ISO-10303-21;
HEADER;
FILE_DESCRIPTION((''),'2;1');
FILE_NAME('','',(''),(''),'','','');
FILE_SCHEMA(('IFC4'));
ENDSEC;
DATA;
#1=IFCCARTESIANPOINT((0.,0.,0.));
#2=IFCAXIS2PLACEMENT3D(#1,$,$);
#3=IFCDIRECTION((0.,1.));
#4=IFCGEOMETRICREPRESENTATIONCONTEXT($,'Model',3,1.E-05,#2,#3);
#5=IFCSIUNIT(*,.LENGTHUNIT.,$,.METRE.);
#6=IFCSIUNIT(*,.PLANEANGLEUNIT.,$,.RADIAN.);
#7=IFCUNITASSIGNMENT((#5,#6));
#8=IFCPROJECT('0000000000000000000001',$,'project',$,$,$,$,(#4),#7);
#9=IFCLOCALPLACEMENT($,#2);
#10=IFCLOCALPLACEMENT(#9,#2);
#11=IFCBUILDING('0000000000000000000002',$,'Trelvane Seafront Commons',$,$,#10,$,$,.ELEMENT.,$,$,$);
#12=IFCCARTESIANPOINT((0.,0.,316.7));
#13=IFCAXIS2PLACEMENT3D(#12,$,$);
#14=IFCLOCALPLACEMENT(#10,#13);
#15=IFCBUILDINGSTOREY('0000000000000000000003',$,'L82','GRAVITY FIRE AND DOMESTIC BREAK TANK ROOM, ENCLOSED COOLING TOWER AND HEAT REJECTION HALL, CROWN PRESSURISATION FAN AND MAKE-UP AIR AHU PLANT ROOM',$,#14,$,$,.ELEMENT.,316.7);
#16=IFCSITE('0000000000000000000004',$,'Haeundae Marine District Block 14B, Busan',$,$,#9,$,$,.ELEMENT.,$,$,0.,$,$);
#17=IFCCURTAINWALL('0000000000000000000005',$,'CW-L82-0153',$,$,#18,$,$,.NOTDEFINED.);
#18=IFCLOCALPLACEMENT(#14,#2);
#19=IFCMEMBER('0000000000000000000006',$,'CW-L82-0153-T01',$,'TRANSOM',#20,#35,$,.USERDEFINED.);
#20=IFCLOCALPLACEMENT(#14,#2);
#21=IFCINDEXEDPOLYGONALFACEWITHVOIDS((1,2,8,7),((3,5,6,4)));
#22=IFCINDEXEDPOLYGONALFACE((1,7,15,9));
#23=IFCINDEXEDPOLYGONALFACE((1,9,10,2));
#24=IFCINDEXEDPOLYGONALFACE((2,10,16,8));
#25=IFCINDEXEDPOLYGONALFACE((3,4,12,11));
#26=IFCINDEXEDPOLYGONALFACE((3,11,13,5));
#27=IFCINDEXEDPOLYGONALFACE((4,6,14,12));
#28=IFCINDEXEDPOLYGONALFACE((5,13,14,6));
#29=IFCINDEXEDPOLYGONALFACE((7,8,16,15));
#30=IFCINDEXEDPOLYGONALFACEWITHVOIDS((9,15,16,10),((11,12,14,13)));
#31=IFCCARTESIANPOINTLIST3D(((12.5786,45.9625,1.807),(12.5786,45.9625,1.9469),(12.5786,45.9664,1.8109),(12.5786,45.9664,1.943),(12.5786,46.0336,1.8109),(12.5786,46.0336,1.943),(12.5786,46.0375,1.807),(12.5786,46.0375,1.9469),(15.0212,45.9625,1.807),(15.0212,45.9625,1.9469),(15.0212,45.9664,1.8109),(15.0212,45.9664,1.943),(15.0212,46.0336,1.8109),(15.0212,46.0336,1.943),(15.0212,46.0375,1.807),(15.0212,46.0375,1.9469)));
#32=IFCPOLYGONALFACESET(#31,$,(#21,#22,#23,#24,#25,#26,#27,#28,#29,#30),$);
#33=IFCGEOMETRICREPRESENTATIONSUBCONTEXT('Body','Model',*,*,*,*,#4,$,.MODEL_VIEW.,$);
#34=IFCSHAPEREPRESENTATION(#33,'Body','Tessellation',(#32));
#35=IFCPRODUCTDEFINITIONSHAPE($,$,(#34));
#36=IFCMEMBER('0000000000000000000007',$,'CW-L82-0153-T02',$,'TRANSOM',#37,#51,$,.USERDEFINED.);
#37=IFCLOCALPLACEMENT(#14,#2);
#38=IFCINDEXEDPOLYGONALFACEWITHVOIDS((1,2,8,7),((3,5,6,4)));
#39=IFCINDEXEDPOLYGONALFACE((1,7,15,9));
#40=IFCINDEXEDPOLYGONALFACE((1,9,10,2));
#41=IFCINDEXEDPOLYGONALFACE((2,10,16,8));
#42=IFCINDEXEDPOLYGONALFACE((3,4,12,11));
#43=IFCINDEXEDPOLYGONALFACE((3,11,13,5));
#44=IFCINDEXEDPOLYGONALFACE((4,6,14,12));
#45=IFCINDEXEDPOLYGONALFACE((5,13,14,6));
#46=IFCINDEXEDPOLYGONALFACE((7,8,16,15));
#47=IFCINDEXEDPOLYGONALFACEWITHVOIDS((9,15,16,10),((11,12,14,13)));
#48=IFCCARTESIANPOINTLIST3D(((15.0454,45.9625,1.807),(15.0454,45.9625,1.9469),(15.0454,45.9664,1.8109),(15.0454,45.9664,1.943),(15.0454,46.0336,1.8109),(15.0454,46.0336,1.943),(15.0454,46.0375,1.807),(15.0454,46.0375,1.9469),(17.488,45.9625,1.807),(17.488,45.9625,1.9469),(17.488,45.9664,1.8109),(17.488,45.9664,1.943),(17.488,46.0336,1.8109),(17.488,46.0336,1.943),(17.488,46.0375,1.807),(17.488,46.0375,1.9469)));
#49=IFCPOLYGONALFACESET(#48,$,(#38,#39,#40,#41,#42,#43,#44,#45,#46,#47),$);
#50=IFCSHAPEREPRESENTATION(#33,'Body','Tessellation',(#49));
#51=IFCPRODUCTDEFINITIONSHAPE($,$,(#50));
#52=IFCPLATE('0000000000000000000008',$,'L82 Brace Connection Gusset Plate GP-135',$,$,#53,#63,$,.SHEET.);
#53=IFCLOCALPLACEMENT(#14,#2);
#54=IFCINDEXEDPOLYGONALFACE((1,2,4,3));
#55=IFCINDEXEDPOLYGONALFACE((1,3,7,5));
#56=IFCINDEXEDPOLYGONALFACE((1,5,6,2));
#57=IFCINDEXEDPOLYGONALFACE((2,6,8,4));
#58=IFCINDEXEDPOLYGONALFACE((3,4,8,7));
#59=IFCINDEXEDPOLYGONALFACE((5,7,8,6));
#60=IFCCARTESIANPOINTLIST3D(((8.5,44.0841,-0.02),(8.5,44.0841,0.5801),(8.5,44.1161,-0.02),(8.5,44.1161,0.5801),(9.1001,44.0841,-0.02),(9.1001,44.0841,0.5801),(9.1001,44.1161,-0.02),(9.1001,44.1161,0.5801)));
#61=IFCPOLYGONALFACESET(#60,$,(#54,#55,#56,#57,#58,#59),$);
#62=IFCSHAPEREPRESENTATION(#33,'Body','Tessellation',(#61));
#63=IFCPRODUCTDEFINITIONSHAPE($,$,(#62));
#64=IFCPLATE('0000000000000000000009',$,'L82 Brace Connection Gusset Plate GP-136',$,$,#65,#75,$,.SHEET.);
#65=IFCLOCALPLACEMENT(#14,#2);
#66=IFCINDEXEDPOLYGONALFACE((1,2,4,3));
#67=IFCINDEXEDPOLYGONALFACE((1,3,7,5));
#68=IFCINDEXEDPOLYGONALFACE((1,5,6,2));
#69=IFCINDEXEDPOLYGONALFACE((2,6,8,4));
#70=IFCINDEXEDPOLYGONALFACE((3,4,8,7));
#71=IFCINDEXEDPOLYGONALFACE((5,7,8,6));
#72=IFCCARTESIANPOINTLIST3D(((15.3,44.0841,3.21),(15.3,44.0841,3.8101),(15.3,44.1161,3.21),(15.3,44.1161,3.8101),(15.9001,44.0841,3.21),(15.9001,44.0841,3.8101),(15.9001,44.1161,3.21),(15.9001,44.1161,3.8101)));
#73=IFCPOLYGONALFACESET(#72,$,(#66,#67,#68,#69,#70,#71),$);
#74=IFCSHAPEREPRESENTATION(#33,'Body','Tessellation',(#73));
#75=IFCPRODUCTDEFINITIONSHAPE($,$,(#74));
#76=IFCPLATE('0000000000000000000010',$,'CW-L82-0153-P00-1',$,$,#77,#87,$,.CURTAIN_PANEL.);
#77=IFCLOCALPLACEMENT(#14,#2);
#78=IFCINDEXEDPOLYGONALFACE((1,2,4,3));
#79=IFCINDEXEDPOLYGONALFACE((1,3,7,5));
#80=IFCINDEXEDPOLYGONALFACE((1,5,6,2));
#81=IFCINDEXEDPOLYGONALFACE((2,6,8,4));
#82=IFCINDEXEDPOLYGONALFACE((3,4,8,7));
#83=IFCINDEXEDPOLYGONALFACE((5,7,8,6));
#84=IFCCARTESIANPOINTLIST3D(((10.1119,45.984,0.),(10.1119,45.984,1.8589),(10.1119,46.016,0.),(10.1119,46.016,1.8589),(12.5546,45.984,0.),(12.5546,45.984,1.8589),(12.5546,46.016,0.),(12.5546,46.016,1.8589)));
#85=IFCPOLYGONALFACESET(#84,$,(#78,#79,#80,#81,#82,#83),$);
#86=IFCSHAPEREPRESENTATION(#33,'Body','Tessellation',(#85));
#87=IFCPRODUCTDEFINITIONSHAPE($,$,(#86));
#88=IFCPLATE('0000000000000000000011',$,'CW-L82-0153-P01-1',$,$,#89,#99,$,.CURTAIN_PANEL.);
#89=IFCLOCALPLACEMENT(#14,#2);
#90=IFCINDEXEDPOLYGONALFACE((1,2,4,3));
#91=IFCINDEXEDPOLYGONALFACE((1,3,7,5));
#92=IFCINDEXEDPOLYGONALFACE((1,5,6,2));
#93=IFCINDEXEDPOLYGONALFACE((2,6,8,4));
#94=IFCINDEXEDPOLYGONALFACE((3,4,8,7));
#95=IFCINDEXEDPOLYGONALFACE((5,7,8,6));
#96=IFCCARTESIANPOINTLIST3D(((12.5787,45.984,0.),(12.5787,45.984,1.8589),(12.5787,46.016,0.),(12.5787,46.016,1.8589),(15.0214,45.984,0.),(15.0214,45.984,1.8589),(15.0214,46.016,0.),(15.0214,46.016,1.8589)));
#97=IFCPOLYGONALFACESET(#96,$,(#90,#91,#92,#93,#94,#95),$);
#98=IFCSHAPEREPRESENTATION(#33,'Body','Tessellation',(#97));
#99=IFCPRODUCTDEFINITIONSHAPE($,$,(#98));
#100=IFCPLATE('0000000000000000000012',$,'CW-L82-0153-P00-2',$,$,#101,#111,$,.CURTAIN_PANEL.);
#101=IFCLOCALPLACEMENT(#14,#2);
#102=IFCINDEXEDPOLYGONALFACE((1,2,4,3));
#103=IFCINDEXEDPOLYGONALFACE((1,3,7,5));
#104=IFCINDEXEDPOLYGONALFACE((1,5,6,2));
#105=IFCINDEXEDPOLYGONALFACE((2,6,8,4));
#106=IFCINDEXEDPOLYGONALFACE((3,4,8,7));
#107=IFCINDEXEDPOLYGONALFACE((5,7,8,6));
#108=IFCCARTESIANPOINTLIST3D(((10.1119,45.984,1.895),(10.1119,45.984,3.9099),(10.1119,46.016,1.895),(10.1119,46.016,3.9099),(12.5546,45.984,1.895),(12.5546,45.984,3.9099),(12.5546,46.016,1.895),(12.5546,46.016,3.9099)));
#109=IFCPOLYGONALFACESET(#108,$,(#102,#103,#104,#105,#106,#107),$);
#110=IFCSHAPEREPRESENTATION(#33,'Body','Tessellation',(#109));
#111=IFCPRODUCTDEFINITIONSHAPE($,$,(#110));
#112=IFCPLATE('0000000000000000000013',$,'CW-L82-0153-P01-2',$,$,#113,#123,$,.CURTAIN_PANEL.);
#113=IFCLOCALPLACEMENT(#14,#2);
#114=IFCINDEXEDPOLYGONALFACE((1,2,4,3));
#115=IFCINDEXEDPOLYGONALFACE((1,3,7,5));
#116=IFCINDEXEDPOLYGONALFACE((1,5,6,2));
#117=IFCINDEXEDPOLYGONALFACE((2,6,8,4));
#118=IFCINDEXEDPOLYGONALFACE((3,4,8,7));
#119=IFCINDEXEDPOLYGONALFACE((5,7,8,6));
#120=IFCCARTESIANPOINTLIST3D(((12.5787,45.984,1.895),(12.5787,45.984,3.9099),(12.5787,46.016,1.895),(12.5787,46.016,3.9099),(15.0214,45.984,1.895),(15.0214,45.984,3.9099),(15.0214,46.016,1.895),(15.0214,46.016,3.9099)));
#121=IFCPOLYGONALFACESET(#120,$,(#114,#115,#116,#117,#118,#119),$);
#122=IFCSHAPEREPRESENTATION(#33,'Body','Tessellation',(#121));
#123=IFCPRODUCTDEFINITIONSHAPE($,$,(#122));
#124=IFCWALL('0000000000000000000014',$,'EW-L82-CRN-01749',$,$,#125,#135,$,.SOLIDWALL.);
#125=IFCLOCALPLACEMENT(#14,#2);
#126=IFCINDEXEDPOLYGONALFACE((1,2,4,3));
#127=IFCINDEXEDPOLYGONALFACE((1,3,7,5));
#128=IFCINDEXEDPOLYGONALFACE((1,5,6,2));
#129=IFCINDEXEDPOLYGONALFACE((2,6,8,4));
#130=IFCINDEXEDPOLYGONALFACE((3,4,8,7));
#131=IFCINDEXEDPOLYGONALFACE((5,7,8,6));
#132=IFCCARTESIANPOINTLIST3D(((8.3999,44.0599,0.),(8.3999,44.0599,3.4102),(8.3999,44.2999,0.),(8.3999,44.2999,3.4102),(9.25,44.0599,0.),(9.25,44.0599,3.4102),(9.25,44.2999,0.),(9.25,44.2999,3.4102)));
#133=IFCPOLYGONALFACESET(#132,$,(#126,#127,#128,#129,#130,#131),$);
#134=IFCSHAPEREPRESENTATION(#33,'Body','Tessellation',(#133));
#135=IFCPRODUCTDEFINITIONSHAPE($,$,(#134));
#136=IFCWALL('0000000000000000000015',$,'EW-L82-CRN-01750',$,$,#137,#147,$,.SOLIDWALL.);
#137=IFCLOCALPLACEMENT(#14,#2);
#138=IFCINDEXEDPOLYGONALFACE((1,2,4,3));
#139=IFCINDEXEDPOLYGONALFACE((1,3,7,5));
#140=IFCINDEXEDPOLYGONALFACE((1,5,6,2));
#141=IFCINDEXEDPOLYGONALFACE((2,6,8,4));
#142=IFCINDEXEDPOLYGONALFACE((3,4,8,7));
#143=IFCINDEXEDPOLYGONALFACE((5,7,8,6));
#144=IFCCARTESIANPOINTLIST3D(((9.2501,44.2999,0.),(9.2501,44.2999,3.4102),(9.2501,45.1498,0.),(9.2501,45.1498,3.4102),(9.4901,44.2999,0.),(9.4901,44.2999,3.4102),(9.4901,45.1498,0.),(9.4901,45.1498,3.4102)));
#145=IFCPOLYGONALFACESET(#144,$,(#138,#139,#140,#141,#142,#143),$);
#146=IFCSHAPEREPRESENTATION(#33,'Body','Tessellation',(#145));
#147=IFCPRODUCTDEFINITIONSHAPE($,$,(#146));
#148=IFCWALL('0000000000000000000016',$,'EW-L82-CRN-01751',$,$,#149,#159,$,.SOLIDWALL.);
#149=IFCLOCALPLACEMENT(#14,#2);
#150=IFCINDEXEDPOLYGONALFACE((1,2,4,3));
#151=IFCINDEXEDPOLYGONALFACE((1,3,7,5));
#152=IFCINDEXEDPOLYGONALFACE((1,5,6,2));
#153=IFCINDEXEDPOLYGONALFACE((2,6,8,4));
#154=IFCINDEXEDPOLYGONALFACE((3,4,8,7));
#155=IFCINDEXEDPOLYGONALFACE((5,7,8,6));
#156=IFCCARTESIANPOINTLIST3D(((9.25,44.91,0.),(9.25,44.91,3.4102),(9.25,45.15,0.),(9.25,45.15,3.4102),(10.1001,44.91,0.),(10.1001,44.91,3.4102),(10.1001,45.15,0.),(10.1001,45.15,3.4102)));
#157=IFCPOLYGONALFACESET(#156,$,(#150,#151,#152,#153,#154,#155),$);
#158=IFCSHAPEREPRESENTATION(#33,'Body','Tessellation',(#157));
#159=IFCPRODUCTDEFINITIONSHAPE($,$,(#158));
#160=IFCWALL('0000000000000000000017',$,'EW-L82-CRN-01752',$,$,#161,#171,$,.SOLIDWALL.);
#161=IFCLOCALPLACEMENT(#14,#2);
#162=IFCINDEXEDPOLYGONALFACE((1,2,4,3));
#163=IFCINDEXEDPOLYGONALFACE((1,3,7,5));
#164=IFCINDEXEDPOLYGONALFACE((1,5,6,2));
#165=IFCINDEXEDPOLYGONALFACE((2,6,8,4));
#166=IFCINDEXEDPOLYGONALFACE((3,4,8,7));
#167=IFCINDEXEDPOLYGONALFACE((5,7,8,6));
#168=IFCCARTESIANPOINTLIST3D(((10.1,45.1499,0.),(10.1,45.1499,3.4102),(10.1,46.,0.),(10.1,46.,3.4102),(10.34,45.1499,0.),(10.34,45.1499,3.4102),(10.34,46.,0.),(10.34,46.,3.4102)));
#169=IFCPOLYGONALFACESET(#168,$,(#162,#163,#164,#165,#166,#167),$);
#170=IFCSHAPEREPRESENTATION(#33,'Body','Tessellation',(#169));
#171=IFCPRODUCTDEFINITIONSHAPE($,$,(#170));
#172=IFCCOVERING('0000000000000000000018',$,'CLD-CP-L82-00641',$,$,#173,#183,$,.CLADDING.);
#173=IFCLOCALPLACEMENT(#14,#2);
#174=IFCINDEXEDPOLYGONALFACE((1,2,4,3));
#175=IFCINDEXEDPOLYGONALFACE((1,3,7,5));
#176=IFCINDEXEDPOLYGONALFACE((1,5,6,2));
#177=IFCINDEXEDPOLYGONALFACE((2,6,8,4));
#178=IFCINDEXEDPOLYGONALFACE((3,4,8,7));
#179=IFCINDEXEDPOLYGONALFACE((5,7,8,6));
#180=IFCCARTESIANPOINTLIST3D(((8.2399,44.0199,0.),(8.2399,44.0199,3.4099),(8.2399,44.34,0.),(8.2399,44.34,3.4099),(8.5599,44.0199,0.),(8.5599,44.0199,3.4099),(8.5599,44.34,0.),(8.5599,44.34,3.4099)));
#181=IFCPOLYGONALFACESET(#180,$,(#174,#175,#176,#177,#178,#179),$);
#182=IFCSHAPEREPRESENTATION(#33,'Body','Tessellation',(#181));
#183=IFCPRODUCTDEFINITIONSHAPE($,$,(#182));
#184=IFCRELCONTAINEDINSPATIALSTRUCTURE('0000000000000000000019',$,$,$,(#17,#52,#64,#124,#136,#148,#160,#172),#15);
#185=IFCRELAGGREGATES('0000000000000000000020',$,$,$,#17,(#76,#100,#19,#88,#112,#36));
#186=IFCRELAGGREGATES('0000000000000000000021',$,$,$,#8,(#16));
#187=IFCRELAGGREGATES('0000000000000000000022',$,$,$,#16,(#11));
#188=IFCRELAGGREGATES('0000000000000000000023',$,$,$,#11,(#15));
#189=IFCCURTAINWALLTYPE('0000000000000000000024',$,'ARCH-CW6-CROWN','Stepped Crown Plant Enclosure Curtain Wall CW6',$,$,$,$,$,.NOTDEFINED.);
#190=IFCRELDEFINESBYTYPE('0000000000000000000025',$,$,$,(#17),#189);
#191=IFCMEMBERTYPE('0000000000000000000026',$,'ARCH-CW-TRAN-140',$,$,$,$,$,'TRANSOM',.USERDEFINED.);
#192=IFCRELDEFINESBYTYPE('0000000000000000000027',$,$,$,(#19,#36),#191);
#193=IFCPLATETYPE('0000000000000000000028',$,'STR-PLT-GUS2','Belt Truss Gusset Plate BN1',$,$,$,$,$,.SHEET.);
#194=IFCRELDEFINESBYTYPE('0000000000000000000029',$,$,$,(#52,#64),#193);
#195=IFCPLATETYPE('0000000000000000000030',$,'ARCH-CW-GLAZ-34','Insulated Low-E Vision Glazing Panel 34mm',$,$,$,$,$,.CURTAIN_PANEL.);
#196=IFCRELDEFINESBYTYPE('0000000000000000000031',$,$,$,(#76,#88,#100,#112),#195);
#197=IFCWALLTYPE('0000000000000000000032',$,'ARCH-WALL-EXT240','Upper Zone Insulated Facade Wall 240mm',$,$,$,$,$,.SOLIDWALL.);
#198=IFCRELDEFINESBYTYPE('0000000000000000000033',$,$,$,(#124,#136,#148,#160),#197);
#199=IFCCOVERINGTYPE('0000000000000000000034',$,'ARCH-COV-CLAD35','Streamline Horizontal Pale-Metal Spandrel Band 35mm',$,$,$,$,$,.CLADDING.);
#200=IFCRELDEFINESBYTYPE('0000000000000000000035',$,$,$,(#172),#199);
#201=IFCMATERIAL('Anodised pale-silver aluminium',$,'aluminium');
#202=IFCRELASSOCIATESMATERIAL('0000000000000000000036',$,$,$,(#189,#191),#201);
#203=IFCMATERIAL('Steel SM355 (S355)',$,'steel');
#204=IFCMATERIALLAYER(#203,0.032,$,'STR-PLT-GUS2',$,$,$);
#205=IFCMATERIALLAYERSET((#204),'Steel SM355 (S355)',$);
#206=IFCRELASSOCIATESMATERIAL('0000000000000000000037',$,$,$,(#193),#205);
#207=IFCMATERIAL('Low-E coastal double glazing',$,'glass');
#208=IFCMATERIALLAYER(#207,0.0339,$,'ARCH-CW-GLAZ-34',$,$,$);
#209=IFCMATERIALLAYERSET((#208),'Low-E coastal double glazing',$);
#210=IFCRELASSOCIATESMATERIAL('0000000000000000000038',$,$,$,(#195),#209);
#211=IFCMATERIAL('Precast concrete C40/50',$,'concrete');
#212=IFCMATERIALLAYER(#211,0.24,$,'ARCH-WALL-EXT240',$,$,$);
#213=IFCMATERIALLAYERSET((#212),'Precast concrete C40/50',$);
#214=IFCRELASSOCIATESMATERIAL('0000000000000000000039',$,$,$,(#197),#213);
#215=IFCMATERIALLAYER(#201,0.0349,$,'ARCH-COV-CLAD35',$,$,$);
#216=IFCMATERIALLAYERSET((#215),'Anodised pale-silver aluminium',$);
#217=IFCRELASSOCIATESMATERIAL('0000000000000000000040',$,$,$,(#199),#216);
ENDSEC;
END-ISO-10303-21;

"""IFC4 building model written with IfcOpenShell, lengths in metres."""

from ifc_helpers import new_model, si_unit, direction, frame, frame_2d, origin, origin_2d, place, context, subcontext, project, spatial, rectangle, hollow_rectangle, extrude, source, transform, mapped, material, layer, layer_set, material_profile, profile_set, type_object, element, aggregate, save


model = new_model("IFC4")

# Units and contexts
model_context = context("Model", 3, precision=1e-05, world=origin(), true_north=direction((0.0, 1.0)))
body_context = subcontext(model_context, "Body", "Model", "MODEL_VIEW")
ifc_project = project(units=[si_unit("LENGTHUNIT", "METRE"), si_unit("PLANEANGLEUNIT", "RADIAN")], contexts=[model_context])

# Site, building, storey
site_placement = place(None, origin())
site = spatial("IfcSite", under=ifc_project, at=site_placement, Name="Haeundae Marine District Block 14B, Busan", CompositionType="ELEMENT", RefElevation=0.0)
building_placement = place(site_placement, origin())
building = spatial("IfcBuilding", under=site, at=building_placement, Name="Trelvane Seafront Commons", CompositionType="ELEMENT")
storey_placement = place(building_placement, frame((0.0, 0.0, 316.7)))
storey = spatial("IfcBuildingStorey", under=building, at=storey_placement, Name="L82", Description="GRAVITY FIRE AND DOMESTIC BREAK TANK ROOM, ENCLOSED COOLING TOWER AND HEAT REJECTION HALL, CROWN PRESSURISATION FAN AND MAKE-UP AIR AHU PLANT ROOM", CompositionType="ELEMENT", Elevation=316.7)

# Shared definitions
ifc_material_1 = material(Name="Steel SM355 (S355)", Category="steel")

# Shared definitions
ifc_material_2 = material(Name="Anodised pale-silver aluminium", Category="aluminium")
curtain_wall_type = type_object("IfcCurtainWallType", Name="ARCH-CW6-CROWN", Description="Stepped Crown Plant Enclosure Curtain Wall CW6", PredefinedType="NOTDEFINED", material=ifc_material_2)

# Curtain wall, members
curtain_wall_1_placement = place(storey_placement, origin())
curtain_wall_1 = element("IfcCurtainWall", 1, at=curtain_wall_1_placement, inside=storey, type_object=curtain_wall_type, Name="CW-L82-0153", PredefinedType="NOTDEFINED")
ifc_material_profile_1 = material_profile(ifc_material_2, hollow_rectangle(XDim=0.075, YDim=0.1399, WallThickness=0.0039, at=origin_2d()), Name="TRAN-75x140x4")
ifc_profile_set_1 = profile_set([ifc_material_profile_1], Name="Anodised pale-silver aluminium")
member_type_1 = type_object("IfcMemberType", Name="ARCH-CW-TRAN-140", ElementType="TRANSOM", PredefinedType="USERDEFINED", material=ifc_profile_set_1)
shared_shape_1 = source(origin(), body_context, "Body", "SweptSolid", [
    extrude(hollow_rectangle(XDim=0.075, YDim=0.1399, WallThickness=0.0039, at=origin_2d()), origin(), (0.0, 0.0, 1.0), 2.4426),
])
member_1_placement = place(storey_placement, frame((12.5786, 46.0, 1.877), z_axis=(1.0, 0.0, 0.0), x_axis=(0.0, 1.0, 0.0)))
member_1 = element("IfcMember", 2, at=member_1_placement, type_object=member_type_1, Name="CW-L82-0153-T01", ObjectType="TRANSOM", PredefinedType="USERDEFINED", context=body_context, shape_type="MappedRepresentation", body=[
    mapped(shared_shape_1, transform((0.0, 0.0, 0.0), x_axis=(1.0, 0.0, 0.0), y_axis=(0.0, 1.0, 0.0), z_axis=(0.0, 0.0, 1.0), scale=1.0)),
])
member_2_placement = place(storey_placement, frame((15.0454, 46.0, 1.877), z_axis=(1.0, 0.0, 0.0), x_axis=(0.0, 1.0, 0.0)))
member_2 = element("IfcMember", 3, at=member_2_placement, type_object=member_type_1, Name="CW-L82-0153-T02", ObjectType="TRANSOM", PredefinedType="USERDEFINED", context=body_context, shape_type="MappedRepresentation", body=[
    mapped(shared_shape_1, transform((0.0, 0.0, 0.0), x_axis=(1.0, 0.0, 0.0), y_axis=(0.0, 1.0, 0.0), z_axis=(0.0, 0.0, 1.0), scale=1.0)),
])

# Plates
ifc_layer_1 = layer(ifc_material_1, 0.032, Name="STR-PLT-GUS2")
ifc_layer_set_1 = layer_set([ifc_layer_1], Name="Steel SM355 (S355)")
plate_type_1 = type_object("IfcPlateType", Name="STR-PLT-GUS2", Description="Belt Truss Gusset Plate BN1", PredefinedType="SHEET", material=ifc_layer_set_1)
shared_shape_2 = source(origin(), body_context, "Body", "SweptSolid", [
    extrude(rectangle(XDim=0.6001, YDim=0.032, at=origin_2d()), origin(), (0.0, 0.0, 1.0), 0.6001),
])
for number, where, z_axis, x_axis, name in (
    (4, (8.8, 44.1001, -0.02), (0.0, 0.0, 1.0), (1.0, 0.0, 0.0), "L82 Brace Connection Gusset Plate GP-135"),
    (5, (15.6001, 44.1001, 3.21), (0.0, 0.0, 1.0), (1.0, 0.0, 0.0), "L82 Brace Connection Gusset Plate GP-136"),
):
    element("IfcPlate", number, at=place(storey_placement, frame(where, z_axis=z_axis, x_axis=x_axis)), inside=storey, type_object=plate_type_1, Name=name, PredefinedType="SHEET", context=body_context, shape_type="MappedRepresentation", body=[
        mapped(shared_shape_2, transform((0.0, 0.0, 0.0), x_axis=(1.0, 0.0, 0.0), y_axis=(0.0, 1.0, 0.0), z_axis=(0.0, 0.0, 1.0), scale=1.0)),
    ])

# Plates
ifc_material_3 = material(Name="Low-E coastal double glazing", Category="glass")
ifc_layer_2 = layer(ifc_material_3, 0.0339, Name="ARCH-CW-GLAZ-34")
ifc_layer_set_2 = layer_set([ifc_layer_2], Name="Low-E coastal double glazing")
plate_type_2 = type_object("IfcPlateType", Name="ARCH-CW-GLAZ-34", Description="Insulated Low-E Vision Glazing Panel 34mm", PredefinedType="CURTAIN_PANEL", material=ifc_layer_set_2)
shared_shape_3 = source(origin(), body_context, "Body", "SweptSolid", [
    extrude(rectangle(XDim=2.4426, YDim=0.032, at=origin_2d()), origin(), (0.0, 0.0, 1.0), 1.8589),
])
plate_1_placement = place(storey_placement, frame((11.3333, 46.0, 0.0), z_axis=(0.0, 0.0, 1.0), x_axis=(1.0, 0.0, 0.0)))
plate_1 = element("IfcPlate", 6, at=plate_1_placement, type_object=plate_type_2, Name="CW-L82-0153-P00-1", PredefinedType="CURTAIN_PANEL", context=body_context, shape_type="MappedRepresentation", body=[
    mapped(shared_shape_3, transform((0.0, 0.0, 0.0), x_axis=(1.0, 0.0, 0.0), y_axis=(0.0, 1.0, 0.0), z_axis=(0.0, 0.0, 1.0), scale=1.0)),
])
plate_2_placement = place(storey_placement, frame((13.8, 46.0, 0.0), z_axis=(0.0, 0.0, 1.0), x_axis=(1.0, 0.0, 0.0)))
plate_2 = element("IfcPlate", 7, at=plate_2_placement, type_object=plate_type_2, Name="CW-L82-0153-P01-1", PredefinedType="CURTAIN_PANEL", context=body_context, shape_type="MappedRepresentation", body=[
    mapped(shared_shape_3, transform((0.0, 0.0, 0.0), x_axis=(1.0, 0.0, 0.0), y_axis=(0.0, 1.0, 0.0), z_axis=(0.0, 0.0, 1.0), scale=1.0)),
])
shared_shape_4 = source(origin(), body_context, "Body", "SweptSolid", [
    extrude(rectangle(XDim=2.4426, YDim=0.032, at=origin_2d()), origin(), (0.0, 0.0, 1.0), 2.0149),
])
plate_3_placement = place(storey_placement, frame((11.3333, 46.0, 1.895), z_axis=(0.0, 0.0, 1.0), x_axis=(1.0, 0.0, 0.0)))
plate_3 = element("IfcPlate", 8, at=plate_3_placement, type_object=plate_type_2, Name="CW-L82-0153-P00-2", PredefinedType="CURTAIN_PANEL", context=body_context, shape_type="MappedRepresentation", body=[
    mapped(shared_shape_4, transform((0.0, 0.0, 0.0), x_axis=(1.0, 0.0, 0.0), y_axis=(0.0, 1.0, 0.0), z_axis=(0.0, 0.0, 1.0), scale=1.0)),
])
plate_4_placement = place(storey_placement, frame((13.8, 46.0, 1.895), z_axis=(0.0, 0.0, 1.0), x_axis=(1.0, 0.0, 0.0)))
plate_4 = element("IfcPlate", 9, at=plate_4_placement, type_object=plate_type_2, Name="CW-L82-0153-P01-2", PredefinedType="CURTAIN_PANEL", context=body_context, shape_type="MappedRepresentation", body=[
    mapped(shared_shape_4, transform((0.0, 0.0, 0.0), x_axis=(1.0, 0.0, 0.0), y_axis=(0.0, 1.0, 0.0), z_axis=(0.0, 0.0, 1.0), scale=1.0)),
])
aggregate(curtain_wall_1, [plate_1, plate_3, member_1, plate_2, plate_4, member_2])

# Walls
ifc_material_4 = material(Name="Precast concrete C40/50", Category="concrete")
ifc_layer_3 = layer(ifc_material_4, 0.24, Name="ARCH-WALL-EXT240")
ifc_layer_set_3 = layer_set([ifc_layer_3], Name="Precast concrete C40/50")
wall_type = type_object("IfcWallType", Name="ARCH-WALL-EXT240", Description="Upper Zone Insulated Facade Wall 240mm", PredefinedType="SOLIDWALL", material=ifc_layer_set_3)
wall_1_placement = place(storey_placement, frame((8.3999, 44.1799, 0.0), z_axis=(0.0, 0.0, 1.0), x_axis=(1.0, 0.0, 0.0)))
element("IfcWall", 10, at=wall_1_placement, inside=storey, type_object=wall_type, Name="EW-L82-CRN-01749", PredefinedType="SOLIDWALL", context=body_context, shape_type="SweptSolid", body=[
    extrude(rectangle(XDim=0.8501, YDim=0.24, at=frame_2d((0.425, 0.0))), origin(), (0.0, 0.0, 1.0), 3.4102),
])
wall_2_placement = place(storey_placement, frame((9.3701, 44.3, 0.0), z_axis=(0.0, 0.0, 1.0), x_axis=(0.0, 1.0, 0.0)))
element("IfcWall", 11, at=wall_2_placement, inside=storey, type_object=wall_type, Name="EW-L82-CRN-01750", PredefinedType="SOLIDWALL", context=body_context, shape_type="SweptSolid", body=[
    extrude(rectangle(XDim=0.8499, YDim=0.24, at=frame_2d((0.4248, 0.0))), origin(), (0.0, 0.0, 1.0), 3.4102),
])
for number, where, z_axis, x_axis, name in (
    (12, (9.25, 45.03, 0.0), (0.0, 0.0, 1.0), (1.0, 0.0, 0.0), "EW-L82-CRN-01751"),
    (13, (10.22, 45.1499, 0.0), (0.0, 0.0, 1.0), (0.0, 1.0, 0.0), "EW-L82-CRN-01752"),
):
    element("IfcWall", number, at=place(storey_placement, frame(where, z_axis=z_axis, x_axis=x_axis)), inside=storey, type_object=wall_type, Name=name, PredefinedType="SOLIDWALL", context=body_context, shape_type="SweptSolid", body=[
        extrude(rectangle(XDim=0.8501, YDim=0.24, at=frame_2d((0.425, 0.0))), origin(), (0.0, 0.0, 1.0), 3.4102),
    ])

# Covering
ifc_layer_4 = layer(ifc_material_2, 0.0349, Name="ARCH-COV-CLAD35")
ifc_layer_set_4 = layer_set([ifc_layer_4], Name="Anodised pale-silver aluminium")
covering_type = type_object("IfcCoveringType", Name="ARCH-COV-CLAD35", Description="Streamline Horizontal Pale-Metal Spandrel Band 35mm", PredefinedType="CLADDING", material=ifc_layer_set_4)
shared_shape_5 = source(origin(), body_context, "Body", "SweptSolid", [
    extrude(rectangle(XDim=0.3201, YDim=0.3201, at=origin_2d()), origin(), (0.0, 0.0, 1.0), 3.4099),
])
for number, where, z_axis, x_axis, name in (
    (14, (8.3999, 44.1799, 0.0), (0.0, 0.0, 1.0), (1.0, 0.0, 0.0), "CLD-CP-L82-00641"),
):
    element("IfcCovering", number, at=place(storey_placement, frame(where, z_axis=z_axis, x_axis=x_axis)), inside=storey, type_object=covering_type, Name=name, PredefinedType="CLADDING", context=body_context, shape_type="MappedRepresentation", body=[
        mapped(shared_shape_5, transform((0.0, 0.0, 0.0), x_axis=(1.0, 0.0, 0.0), y_axis=(0.0, 1.0, 0.0), z_axis=(0.0, 0.0, 1.0), scale=1.0)),
    ])

save(model, "model.ifc")
